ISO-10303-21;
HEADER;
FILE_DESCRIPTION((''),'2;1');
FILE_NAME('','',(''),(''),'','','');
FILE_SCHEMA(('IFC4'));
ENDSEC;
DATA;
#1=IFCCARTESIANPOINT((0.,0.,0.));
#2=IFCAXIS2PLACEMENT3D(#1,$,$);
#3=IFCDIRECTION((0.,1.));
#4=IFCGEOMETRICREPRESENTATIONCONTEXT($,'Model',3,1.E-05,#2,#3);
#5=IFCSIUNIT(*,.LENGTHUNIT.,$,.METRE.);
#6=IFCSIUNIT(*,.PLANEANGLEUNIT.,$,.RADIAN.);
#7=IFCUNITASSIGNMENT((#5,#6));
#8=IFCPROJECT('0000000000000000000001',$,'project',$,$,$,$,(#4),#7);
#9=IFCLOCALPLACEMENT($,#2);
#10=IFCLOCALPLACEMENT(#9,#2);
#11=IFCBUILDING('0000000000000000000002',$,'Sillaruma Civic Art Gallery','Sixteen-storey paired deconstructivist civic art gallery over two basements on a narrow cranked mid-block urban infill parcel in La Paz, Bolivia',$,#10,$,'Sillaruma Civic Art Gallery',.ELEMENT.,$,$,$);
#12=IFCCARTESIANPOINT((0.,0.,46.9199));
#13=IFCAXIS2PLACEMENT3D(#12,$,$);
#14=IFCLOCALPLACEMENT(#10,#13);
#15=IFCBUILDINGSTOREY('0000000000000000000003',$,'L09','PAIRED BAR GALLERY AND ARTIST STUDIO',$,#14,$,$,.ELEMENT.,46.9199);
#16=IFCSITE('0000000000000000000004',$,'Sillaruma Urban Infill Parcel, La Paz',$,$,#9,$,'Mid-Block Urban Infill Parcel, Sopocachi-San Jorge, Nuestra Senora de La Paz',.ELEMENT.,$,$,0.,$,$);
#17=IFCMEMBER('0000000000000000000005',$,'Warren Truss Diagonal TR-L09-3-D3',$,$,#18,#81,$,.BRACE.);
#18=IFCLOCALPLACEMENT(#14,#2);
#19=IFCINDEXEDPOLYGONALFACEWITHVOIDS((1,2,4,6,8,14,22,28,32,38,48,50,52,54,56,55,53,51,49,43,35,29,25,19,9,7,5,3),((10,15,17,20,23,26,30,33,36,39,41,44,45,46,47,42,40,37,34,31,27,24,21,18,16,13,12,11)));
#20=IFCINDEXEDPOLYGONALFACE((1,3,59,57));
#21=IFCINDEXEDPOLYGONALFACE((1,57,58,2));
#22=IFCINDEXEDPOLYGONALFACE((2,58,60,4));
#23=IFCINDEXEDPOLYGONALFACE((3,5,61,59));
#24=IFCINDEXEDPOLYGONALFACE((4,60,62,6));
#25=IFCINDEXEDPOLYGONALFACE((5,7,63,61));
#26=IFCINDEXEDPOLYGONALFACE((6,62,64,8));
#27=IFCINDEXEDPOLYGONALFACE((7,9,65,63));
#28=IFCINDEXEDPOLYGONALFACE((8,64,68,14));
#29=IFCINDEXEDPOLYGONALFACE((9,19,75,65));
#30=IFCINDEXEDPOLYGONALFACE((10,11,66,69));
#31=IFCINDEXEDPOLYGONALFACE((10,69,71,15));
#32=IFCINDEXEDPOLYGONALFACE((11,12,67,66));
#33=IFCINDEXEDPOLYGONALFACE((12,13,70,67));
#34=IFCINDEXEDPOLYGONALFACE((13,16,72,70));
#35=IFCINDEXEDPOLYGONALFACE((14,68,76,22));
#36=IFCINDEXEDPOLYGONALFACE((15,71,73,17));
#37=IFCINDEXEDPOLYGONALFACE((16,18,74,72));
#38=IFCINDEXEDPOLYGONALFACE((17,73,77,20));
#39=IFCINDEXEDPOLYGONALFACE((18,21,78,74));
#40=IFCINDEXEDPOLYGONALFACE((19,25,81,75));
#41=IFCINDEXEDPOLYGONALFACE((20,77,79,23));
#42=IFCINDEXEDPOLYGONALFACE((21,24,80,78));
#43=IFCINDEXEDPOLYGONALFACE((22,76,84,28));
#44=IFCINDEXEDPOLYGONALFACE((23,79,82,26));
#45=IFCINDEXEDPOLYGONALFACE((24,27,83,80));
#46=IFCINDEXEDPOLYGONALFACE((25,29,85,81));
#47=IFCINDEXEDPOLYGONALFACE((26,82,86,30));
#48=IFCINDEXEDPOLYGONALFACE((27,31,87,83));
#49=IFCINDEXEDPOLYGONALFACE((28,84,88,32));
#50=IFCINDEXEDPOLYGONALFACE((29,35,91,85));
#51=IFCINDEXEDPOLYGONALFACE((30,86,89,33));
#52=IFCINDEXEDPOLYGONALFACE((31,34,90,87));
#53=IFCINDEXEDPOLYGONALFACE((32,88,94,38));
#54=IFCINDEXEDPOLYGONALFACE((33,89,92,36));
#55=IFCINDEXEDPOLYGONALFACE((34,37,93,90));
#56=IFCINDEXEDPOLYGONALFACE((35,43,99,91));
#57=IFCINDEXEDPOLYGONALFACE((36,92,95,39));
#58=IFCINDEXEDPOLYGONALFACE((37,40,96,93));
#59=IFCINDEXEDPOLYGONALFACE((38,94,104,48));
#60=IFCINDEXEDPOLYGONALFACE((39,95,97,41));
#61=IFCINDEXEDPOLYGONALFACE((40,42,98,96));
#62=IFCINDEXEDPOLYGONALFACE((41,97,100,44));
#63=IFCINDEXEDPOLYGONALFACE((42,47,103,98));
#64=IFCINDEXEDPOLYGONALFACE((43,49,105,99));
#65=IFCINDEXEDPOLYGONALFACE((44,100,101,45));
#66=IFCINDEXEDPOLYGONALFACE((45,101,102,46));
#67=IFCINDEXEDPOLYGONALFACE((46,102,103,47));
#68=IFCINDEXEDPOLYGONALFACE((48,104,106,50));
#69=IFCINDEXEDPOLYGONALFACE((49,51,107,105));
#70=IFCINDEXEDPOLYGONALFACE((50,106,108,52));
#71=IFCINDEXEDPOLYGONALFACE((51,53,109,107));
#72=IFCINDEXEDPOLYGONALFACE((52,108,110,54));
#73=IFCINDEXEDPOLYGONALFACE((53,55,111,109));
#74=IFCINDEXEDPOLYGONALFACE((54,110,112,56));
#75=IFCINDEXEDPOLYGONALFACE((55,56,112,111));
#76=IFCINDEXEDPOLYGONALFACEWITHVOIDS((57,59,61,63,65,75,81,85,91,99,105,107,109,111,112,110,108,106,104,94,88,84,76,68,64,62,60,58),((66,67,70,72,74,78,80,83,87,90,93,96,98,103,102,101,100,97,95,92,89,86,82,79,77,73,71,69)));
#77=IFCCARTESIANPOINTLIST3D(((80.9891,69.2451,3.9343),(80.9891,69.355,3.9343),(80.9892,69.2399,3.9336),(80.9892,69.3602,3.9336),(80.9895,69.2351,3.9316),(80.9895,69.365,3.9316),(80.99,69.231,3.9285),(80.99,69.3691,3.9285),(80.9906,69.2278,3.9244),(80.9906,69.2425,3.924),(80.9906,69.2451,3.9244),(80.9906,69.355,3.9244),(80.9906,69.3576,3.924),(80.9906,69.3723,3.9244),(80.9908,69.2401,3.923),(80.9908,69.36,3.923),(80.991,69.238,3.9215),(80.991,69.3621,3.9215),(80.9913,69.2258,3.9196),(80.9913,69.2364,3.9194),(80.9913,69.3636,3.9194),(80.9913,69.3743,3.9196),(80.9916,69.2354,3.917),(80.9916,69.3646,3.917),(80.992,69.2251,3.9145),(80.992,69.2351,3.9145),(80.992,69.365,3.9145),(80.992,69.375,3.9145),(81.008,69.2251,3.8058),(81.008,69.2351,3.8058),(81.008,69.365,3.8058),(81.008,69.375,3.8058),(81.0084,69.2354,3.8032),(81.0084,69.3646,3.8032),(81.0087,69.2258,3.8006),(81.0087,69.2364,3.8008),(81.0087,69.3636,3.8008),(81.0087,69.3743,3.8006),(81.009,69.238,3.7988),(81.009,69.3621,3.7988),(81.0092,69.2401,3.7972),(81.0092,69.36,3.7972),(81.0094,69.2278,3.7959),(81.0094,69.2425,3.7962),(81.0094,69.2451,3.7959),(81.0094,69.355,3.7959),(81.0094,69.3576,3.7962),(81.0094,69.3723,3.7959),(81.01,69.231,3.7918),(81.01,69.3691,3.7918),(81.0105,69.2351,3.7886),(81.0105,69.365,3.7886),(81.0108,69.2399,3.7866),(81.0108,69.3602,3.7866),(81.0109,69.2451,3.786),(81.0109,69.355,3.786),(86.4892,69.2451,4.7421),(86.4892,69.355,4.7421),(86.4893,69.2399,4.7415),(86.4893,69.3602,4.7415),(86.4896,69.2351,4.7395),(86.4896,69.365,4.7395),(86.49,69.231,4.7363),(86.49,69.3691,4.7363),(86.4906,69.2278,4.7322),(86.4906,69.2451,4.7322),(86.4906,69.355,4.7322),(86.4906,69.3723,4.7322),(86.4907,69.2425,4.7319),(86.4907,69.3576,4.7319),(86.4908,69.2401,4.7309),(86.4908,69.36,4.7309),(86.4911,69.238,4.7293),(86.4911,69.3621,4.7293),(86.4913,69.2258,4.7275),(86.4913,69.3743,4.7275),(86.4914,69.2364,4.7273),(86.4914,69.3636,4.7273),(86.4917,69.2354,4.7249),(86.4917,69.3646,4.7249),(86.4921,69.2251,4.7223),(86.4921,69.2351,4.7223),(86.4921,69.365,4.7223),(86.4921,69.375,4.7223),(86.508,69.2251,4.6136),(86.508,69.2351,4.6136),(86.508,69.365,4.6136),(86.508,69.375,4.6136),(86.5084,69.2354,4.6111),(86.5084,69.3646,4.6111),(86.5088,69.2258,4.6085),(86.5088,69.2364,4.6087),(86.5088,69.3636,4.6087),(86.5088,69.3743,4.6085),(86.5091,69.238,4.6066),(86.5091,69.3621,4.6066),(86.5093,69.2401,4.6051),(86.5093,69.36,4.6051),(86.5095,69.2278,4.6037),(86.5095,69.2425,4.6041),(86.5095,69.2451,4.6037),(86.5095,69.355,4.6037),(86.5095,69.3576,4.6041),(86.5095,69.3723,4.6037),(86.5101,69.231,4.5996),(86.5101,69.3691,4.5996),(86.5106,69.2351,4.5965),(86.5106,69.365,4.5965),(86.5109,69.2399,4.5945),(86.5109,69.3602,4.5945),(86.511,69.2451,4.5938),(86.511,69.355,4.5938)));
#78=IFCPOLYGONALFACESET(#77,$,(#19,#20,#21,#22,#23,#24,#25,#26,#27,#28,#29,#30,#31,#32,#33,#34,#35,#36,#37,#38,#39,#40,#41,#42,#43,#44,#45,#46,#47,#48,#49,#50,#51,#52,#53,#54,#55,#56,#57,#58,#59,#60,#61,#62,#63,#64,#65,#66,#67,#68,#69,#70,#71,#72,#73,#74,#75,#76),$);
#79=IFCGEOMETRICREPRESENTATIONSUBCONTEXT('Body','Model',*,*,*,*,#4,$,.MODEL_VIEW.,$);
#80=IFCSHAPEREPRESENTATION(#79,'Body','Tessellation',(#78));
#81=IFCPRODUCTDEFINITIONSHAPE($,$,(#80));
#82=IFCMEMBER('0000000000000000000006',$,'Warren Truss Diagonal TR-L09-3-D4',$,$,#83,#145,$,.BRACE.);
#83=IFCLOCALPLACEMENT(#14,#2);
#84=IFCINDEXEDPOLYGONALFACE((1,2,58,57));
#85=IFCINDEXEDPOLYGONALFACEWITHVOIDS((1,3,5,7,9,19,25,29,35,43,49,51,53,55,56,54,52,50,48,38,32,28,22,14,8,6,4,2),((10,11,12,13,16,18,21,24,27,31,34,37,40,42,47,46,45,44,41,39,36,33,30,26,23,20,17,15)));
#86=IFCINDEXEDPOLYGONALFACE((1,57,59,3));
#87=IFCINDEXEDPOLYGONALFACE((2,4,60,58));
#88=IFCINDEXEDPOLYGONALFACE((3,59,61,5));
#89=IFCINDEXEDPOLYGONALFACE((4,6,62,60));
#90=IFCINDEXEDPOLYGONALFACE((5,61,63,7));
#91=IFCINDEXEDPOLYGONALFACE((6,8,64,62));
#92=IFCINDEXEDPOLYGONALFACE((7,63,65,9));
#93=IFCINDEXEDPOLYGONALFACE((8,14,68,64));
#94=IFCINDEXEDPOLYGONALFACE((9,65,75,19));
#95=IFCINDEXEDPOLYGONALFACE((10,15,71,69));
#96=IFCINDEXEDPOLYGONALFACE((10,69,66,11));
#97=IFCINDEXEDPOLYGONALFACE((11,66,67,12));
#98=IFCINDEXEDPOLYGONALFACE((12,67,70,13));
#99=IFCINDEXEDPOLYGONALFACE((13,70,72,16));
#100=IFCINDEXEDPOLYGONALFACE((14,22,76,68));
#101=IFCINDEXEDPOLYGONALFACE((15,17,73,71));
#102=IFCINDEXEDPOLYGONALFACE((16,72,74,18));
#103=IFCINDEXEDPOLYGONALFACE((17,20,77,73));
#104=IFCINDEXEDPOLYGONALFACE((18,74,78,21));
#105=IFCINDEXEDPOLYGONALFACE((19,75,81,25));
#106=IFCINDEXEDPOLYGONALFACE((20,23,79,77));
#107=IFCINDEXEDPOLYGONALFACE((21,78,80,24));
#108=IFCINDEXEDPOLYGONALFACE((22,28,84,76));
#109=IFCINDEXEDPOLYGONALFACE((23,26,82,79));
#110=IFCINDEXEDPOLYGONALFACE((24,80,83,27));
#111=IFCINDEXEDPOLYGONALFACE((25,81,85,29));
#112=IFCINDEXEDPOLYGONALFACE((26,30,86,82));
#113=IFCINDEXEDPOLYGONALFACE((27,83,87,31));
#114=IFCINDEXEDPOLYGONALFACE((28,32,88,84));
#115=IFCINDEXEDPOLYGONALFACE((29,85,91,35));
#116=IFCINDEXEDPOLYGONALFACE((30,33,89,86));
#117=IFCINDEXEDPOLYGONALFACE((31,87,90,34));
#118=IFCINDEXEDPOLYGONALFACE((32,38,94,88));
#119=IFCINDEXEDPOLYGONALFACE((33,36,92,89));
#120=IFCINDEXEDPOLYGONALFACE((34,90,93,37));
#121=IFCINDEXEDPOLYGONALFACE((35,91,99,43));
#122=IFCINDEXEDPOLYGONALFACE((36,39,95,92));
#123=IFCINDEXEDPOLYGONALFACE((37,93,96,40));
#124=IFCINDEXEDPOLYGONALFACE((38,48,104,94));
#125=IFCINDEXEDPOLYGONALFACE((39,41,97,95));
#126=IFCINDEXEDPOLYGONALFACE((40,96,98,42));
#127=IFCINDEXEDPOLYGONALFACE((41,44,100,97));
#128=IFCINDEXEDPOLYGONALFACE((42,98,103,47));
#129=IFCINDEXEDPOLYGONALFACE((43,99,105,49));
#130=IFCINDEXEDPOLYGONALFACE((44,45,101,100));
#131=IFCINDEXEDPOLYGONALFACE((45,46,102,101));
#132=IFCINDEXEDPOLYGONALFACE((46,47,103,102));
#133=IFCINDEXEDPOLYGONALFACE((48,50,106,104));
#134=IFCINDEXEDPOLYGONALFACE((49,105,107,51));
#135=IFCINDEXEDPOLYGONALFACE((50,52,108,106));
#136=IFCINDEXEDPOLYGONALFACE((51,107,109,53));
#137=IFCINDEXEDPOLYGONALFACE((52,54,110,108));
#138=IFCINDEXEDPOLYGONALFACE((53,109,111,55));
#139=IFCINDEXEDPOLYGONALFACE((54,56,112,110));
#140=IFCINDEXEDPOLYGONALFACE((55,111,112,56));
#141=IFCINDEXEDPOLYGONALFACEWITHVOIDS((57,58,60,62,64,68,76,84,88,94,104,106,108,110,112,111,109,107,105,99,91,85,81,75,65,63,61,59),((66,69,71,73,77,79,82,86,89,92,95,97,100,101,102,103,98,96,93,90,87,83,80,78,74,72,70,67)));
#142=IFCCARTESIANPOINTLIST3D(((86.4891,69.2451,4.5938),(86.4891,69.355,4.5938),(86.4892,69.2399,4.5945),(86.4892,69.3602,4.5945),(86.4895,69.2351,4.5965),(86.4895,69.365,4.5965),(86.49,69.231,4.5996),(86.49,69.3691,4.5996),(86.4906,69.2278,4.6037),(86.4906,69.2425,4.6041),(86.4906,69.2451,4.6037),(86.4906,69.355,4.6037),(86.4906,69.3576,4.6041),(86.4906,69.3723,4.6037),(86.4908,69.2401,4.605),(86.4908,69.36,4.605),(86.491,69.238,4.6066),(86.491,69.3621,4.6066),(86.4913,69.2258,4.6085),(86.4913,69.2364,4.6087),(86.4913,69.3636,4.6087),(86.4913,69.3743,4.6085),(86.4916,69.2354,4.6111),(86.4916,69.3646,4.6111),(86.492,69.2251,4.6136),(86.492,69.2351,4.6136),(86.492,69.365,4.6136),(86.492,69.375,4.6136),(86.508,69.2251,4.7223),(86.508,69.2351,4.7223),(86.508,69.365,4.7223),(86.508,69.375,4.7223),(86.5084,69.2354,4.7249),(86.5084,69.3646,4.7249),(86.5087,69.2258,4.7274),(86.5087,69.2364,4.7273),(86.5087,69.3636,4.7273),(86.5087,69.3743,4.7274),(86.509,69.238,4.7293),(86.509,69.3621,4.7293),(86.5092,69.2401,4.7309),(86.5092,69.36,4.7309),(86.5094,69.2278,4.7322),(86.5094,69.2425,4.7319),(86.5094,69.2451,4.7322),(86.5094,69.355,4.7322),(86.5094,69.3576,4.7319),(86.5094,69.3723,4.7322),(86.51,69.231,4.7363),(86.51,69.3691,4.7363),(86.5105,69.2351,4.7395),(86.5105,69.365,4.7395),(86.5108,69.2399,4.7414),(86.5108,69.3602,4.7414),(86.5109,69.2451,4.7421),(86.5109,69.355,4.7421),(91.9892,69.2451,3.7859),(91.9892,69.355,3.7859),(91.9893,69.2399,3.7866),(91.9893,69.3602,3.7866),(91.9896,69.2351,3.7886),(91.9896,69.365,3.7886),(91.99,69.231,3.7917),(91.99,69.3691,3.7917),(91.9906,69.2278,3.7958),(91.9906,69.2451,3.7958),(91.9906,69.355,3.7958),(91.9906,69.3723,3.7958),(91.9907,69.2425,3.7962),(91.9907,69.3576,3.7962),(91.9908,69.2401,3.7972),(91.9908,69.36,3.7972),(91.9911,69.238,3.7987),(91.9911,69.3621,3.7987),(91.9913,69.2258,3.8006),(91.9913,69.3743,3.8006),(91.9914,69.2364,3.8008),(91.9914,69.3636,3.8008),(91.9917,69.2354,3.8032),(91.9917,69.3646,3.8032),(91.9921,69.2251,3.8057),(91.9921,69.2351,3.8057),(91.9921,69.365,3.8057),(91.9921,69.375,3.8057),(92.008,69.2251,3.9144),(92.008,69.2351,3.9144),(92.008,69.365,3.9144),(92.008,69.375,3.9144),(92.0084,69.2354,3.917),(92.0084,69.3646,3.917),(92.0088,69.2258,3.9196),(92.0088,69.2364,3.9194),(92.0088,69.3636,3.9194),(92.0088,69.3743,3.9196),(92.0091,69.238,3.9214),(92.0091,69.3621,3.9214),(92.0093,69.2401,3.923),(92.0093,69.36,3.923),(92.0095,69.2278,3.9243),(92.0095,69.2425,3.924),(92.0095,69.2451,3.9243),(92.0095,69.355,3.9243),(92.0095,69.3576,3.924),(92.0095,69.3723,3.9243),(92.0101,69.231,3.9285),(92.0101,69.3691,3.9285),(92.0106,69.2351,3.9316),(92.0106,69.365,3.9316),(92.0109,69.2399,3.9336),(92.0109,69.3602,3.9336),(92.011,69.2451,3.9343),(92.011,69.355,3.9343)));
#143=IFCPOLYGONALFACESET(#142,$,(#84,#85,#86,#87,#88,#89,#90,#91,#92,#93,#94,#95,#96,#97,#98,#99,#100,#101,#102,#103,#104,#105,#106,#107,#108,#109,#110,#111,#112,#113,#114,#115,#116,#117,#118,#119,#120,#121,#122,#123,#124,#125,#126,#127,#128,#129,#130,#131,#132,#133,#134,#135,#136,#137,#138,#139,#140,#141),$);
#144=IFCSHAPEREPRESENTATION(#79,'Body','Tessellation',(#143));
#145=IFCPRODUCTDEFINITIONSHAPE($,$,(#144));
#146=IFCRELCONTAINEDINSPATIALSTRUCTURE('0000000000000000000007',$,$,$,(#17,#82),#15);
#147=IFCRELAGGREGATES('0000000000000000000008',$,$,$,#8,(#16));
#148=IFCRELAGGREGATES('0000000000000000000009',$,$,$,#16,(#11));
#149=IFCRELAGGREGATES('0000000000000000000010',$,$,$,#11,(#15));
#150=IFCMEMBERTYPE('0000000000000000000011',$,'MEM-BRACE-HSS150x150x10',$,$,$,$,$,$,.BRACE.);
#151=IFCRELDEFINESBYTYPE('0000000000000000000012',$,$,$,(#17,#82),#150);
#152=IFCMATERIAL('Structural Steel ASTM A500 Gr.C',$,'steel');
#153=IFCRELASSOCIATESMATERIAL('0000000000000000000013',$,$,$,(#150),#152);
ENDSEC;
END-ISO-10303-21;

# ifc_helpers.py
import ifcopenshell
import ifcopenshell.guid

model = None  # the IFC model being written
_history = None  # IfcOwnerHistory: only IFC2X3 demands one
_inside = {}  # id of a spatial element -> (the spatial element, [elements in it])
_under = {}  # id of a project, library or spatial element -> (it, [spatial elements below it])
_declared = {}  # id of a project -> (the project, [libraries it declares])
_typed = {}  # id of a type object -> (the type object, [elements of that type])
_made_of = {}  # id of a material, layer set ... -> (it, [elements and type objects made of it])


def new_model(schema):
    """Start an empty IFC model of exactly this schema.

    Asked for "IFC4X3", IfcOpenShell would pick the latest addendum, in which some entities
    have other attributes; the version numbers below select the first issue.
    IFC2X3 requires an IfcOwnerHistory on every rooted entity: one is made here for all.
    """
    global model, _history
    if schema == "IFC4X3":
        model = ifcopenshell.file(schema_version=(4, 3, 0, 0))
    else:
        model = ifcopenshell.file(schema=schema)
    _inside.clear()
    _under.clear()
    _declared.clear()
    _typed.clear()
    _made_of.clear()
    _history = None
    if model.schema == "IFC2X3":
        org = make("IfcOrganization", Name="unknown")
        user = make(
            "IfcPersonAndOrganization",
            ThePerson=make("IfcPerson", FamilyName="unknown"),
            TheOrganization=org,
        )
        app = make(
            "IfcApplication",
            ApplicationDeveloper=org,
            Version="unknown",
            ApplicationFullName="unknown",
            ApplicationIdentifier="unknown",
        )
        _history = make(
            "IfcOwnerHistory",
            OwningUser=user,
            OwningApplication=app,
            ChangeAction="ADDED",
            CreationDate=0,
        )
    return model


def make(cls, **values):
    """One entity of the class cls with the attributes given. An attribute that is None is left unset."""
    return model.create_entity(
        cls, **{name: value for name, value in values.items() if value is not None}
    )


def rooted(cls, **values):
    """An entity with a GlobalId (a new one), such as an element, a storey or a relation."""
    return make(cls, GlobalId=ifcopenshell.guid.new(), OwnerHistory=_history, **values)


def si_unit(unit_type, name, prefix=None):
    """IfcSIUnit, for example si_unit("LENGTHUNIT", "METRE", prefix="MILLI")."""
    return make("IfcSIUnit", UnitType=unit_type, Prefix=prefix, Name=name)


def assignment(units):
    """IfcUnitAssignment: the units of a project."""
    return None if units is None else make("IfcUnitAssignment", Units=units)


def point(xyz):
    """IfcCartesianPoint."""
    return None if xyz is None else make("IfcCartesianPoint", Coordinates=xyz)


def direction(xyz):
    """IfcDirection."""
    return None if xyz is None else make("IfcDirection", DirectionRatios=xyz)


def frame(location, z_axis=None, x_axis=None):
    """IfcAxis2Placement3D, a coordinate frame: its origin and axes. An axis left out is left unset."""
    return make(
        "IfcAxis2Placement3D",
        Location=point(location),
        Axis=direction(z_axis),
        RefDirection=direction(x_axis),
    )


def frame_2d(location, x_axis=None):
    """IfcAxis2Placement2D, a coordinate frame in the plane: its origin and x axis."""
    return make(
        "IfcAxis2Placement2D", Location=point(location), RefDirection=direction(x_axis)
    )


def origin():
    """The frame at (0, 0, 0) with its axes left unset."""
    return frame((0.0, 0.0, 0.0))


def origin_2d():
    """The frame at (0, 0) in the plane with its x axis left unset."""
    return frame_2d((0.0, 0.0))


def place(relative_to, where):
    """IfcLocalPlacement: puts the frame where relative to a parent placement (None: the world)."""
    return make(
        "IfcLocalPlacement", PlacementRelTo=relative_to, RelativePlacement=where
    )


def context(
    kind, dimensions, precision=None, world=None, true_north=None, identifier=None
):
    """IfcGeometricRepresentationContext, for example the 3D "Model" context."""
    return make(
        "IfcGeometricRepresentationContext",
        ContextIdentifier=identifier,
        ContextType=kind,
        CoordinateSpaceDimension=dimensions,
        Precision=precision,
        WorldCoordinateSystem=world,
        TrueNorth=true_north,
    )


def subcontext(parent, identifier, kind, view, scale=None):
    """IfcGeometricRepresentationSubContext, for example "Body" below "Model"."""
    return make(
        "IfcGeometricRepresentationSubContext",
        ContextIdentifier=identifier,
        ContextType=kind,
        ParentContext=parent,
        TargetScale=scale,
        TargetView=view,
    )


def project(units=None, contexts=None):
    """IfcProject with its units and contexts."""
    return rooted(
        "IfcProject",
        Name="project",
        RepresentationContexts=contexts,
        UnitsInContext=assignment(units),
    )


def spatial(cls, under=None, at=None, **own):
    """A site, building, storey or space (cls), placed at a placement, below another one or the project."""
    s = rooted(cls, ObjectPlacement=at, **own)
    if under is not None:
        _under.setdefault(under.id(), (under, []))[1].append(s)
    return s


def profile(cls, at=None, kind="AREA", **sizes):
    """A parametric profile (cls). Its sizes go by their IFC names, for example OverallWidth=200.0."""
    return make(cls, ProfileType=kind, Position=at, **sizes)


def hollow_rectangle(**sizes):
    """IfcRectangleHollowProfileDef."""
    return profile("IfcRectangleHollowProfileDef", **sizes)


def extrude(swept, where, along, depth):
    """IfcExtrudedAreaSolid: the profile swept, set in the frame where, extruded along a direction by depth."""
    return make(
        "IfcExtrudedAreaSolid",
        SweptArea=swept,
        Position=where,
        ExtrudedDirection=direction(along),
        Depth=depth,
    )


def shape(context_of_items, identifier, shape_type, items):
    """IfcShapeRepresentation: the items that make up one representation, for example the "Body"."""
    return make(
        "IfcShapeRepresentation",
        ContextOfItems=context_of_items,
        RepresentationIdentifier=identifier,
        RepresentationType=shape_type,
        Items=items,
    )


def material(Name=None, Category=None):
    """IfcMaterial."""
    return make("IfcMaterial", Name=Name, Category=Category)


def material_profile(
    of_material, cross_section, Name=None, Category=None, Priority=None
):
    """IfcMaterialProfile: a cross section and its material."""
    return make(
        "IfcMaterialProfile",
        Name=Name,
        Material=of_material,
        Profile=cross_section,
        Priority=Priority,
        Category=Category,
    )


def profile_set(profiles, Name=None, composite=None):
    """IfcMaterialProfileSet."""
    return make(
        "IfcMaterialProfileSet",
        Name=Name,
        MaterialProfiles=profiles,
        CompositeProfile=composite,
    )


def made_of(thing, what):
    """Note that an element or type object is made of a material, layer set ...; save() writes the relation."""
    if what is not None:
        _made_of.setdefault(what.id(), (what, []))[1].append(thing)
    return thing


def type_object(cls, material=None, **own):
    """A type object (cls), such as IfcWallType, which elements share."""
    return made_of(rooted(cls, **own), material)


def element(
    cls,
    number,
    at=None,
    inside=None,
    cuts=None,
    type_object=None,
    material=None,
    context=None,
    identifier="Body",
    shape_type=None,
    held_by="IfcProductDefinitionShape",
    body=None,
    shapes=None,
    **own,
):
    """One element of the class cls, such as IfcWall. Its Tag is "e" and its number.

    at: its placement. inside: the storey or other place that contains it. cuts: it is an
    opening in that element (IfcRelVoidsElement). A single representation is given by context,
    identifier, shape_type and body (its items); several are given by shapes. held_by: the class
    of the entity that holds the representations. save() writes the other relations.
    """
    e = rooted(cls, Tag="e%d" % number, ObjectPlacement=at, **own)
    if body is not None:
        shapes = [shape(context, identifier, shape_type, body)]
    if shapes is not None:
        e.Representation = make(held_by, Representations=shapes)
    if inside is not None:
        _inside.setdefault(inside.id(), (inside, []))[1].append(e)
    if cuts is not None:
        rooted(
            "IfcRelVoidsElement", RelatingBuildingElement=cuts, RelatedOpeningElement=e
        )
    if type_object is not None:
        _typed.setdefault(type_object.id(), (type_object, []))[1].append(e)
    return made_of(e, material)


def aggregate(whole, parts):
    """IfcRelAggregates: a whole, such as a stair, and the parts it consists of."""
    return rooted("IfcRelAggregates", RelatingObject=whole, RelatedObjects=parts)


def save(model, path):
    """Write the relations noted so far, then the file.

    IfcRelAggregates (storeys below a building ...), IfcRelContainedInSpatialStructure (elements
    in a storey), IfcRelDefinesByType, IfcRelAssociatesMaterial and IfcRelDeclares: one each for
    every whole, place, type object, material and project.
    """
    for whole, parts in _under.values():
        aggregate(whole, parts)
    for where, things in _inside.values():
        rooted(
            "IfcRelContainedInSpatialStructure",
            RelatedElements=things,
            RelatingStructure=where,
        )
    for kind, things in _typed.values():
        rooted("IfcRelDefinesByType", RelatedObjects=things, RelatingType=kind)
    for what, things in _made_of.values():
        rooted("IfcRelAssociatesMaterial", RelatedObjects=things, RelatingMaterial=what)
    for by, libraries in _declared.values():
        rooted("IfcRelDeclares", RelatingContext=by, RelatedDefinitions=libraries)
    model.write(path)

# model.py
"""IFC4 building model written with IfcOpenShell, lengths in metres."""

from ifc_helpers import new_model, si_unit, direction, frame, origin, origin_2d, place, context, subcontext, project, spatial, hollow_rectangle, extrude, material, material_profile, profile_set, type_object, element, save


model = new_model("IFC4")

# Units and contexts
model_context = context("Model", 3, precision=1e-05, world=origin(), true_north=direction((0.0, 1.0)))
body_context = subcontext(model_context, "Body", "Model", "MODEL_VIEW")
ifc_project = project(units=[si_unit("LENGTHUNIT", "METRE"), si_unit("PLANEANGLEUNIT", "RADIAN")], contexts=[model_context])

# Site, building, storey
site_placement = place(None, origin())
site = spatial("IfcSite", under=ifc_project, at=site_placement, Name="Sillaruma Urban Infill Parcel, La Paz", LongName="Mid-Block Urban Infill Parcel, Sopocachi-San Jorge, Nuestra Senora de La Paz", CompositionType="ELEMENT", RefElevation=0.0)
building_placement = place(site_placement, origin())
building = spatial("IfcBuilding", under=site, at=building_placement, Name="Sillaruma Civic Art Gallery", Description="Sixteen-storey paired deconstructivist civic art gallery over two basements on a narrow cranked mid-block urban infill parcel in La Paz, Bolivia", LongName="Sillaruma Civic Art Gallery", CompositionType="ELEMENT")
storey_placement = place(building_placement, frame((0.0, 0.0, 46.9199)))
storey = spatial("IfcBuildingStorey", under=building, at=storey_placement, Name="L09", Description="PAIRED BAR GALLERY AND ARTIST STUDIO", CompositionType="ELEMENT", Elevation=46.9199)

# Members
ifc_material_1 = material(Name="Structural Steel ASTM A500 Gr.C", Category="steel")
ifc_material_profile_1 = material_profile(ifc_material_1, hollow_rectangle(XDim=0.1499, YDim=0.1499, WallThickness=0.01, InnerFilletRadius=0.01, OuterFilletRadius=0.02, at=origin_2d()), Name="HSS150x150x10")
ifc_profile_set_1 = profile_set([ifc_material_profile_1], Name="Structural Steel ASTM A500 Gr.C")
member_type_1 = type_object("IfcMemberType", Name="MEM-BRACE-HSS150x150x10", PredefinedType="BRACE", material=ifc_profile_set_1)
for number, where, z_axis, x_axis, name in (
    (1, (81.0, 69.3, 3.8601), (0.989384, 0.0, 0.145325), (0.0, 1.0, 0.0), "Warren Truss Diagonal TR-L09-3-D3"),
    (2, (86.5, 69.3, 4.668), (0.989384, 0.0, -0.145325), (0.0, 1.0, 0.0), "Warren Truss Diagonal TR-L09-3-D4"),
):
    element("IfcMember", number, at=place(storey_placement, frame(where, z_axis=z_axis, x_axis=x_axis)), inside=storey, type_object=member_type_1, Name=name, PredefinedType="BRACE", context=body_context, shape_type="SweptSolid", body=[
        extrude(hollow_rectangle(XDim=0.1499, YDim=0.1499, WallThickness=0.01, InnerFilletRadius=0.01, OuterFilletRadius=0.02, at=origin_2d()), origin(), (0.0, 0.0, 1.0), 5.5591),
    ])

save(model, "model.ifc")
